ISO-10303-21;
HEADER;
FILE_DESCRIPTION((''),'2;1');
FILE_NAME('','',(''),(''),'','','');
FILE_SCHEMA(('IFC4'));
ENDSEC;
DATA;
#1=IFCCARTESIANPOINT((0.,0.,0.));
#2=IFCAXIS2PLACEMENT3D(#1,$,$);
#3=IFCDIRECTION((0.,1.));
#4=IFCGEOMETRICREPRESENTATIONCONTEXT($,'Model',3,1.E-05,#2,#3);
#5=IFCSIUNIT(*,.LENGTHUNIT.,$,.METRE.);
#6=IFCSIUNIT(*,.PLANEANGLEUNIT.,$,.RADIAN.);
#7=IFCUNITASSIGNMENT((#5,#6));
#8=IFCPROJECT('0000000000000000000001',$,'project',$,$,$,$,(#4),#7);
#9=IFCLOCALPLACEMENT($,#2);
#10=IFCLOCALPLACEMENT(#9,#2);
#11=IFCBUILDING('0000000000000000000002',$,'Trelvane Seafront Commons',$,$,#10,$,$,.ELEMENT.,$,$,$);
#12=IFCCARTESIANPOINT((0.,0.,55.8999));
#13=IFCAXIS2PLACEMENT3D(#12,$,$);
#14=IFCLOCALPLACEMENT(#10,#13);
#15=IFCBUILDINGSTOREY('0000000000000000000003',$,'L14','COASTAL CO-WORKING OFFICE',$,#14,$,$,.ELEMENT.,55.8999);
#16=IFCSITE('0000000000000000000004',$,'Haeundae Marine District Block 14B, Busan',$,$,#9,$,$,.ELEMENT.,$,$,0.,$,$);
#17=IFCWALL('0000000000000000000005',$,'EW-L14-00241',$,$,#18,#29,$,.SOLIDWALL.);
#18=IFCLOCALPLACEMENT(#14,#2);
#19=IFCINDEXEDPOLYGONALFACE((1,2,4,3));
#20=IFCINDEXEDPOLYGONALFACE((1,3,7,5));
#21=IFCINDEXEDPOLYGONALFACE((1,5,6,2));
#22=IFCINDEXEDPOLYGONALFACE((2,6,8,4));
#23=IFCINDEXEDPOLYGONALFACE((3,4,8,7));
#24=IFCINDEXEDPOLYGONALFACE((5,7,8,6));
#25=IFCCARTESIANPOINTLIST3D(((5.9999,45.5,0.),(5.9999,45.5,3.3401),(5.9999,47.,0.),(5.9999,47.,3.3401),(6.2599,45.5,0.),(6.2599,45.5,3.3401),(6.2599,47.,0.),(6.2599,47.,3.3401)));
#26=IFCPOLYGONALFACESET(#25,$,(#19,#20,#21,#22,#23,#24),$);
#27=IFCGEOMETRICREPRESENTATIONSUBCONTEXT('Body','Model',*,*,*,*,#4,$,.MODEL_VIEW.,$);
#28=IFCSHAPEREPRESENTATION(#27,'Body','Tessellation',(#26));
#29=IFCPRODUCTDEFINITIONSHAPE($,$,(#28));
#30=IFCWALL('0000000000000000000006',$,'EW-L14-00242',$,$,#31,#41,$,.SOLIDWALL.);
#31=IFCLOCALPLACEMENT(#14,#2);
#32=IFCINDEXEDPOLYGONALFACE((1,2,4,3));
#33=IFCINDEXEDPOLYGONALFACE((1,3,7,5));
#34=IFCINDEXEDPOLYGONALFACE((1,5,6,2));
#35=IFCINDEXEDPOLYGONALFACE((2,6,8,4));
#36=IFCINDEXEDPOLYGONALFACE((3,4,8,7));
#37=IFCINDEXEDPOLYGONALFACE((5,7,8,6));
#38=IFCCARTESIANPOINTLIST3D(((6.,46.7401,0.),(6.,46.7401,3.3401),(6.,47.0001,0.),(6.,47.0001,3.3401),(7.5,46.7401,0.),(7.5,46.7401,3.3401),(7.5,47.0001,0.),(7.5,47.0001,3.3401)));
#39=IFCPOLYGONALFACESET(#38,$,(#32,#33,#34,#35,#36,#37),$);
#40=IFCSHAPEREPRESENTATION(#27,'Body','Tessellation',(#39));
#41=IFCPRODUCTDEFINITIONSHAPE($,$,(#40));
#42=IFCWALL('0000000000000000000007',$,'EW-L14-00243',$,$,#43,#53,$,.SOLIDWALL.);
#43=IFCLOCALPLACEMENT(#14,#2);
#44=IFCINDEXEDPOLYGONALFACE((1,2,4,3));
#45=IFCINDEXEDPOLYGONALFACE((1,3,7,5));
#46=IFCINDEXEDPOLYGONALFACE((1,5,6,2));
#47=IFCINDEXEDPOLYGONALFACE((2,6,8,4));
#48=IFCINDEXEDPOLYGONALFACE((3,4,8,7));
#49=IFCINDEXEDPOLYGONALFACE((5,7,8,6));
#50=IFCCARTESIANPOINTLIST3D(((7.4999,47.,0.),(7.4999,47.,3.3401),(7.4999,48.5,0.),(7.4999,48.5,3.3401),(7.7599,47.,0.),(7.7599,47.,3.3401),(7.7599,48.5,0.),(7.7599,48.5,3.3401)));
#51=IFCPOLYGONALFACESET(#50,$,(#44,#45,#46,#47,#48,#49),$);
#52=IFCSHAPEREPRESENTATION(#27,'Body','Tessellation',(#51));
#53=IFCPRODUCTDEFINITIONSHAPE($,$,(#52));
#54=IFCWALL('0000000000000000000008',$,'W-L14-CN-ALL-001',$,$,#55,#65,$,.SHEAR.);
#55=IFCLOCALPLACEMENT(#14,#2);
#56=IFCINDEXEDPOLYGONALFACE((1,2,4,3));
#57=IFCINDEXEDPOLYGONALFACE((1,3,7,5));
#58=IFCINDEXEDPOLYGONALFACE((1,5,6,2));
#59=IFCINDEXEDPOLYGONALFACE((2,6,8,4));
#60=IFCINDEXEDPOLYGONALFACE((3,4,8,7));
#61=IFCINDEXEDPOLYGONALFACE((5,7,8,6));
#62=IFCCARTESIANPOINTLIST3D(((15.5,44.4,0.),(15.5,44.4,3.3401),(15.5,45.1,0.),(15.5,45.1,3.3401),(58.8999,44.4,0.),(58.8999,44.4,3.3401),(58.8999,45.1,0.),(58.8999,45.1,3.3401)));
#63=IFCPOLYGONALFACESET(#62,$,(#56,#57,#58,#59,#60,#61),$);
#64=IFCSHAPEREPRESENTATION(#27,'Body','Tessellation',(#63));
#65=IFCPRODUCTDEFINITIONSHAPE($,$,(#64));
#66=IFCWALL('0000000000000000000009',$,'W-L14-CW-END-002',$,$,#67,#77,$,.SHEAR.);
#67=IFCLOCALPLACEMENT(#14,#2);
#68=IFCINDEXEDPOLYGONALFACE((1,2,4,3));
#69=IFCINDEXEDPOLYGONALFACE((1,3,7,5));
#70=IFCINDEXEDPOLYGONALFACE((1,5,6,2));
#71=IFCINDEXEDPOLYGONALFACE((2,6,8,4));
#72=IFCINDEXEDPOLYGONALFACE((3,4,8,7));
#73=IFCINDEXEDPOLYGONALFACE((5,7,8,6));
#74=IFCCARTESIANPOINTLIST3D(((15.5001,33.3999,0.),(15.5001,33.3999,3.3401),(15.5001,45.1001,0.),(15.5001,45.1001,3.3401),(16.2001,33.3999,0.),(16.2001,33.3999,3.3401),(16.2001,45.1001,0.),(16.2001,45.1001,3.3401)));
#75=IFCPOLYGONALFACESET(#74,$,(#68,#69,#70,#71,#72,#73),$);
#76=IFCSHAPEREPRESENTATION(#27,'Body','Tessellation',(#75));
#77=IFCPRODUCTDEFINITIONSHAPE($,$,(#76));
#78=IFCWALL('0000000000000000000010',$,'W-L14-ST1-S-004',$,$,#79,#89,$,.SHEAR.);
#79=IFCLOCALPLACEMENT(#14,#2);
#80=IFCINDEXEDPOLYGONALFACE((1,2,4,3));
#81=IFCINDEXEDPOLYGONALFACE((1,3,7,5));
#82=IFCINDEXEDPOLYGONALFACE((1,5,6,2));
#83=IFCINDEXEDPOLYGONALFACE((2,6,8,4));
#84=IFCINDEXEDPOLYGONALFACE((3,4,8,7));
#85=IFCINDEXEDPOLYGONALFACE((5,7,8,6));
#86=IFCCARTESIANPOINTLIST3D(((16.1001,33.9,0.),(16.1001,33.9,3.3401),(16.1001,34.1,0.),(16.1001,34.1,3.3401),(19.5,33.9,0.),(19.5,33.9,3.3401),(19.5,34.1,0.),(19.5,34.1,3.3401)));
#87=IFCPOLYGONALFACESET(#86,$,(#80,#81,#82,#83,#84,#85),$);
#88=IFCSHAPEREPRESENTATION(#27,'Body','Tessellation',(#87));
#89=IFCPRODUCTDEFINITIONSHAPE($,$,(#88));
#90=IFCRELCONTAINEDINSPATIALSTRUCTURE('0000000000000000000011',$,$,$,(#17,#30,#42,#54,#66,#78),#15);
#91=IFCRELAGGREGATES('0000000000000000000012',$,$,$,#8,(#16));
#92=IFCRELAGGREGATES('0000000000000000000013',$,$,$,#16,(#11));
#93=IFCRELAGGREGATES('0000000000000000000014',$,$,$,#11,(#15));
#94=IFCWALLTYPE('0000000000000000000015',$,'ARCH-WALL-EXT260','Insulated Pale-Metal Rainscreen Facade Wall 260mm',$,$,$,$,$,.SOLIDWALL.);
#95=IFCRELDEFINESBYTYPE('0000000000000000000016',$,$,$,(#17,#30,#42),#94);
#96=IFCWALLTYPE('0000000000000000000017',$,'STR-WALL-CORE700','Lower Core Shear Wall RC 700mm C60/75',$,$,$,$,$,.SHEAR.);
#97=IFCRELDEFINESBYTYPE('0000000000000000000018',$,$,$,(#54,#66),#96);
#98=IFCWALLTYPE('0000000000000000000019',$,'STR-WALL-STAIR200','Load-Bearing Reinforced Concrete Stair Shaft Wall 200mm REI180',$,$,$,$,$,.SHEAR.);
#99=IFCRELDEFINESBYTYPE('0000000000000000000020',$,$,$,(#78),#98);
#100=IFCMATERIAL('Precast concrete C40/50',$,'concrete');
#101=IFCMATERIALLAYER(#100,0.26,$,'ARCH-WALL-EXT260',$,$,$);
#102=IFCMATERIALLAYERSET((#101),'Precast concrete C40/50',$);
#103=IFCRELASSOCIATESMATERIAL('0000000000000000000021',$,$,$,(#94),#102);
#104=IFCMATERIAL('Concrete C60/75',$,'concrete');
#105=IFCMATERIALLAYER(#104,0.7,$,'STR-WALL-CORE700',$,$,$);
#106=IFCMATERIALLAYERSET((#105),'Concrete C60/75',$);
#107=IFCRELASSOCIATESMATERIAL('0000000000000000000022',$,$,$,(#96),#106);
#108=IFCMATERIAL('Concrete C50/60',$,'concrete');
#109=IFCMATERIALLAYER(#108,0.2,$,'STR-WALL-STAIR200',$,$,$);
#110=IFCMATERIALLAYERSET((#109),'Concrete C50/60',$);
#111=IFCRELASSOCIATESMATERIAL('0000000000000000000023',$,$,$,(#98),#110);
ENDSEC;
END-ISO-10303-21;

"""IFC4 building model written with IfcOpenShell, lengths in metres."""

from ifc_helpers import new_model, si_unit, direction, frame, frame_2d, origin, place, context, subcontext, project, spatial, rectangle, extrude, material, layer, layer_set, type_object, element, save


model = new_model("IFC4")

# Units and contexts
model_context = context("Model", 3, precision=1e-05, world=origin(), true_north=direction((0.0, 1.0)))
body_context = subcontext(model_context, "Body", "Model", "MODEL_VIEW")
ifc_project = project(units=[si_unit("LENGTHUNIT", "METRE"), si_unit("PLANEANGLEUNIT", "RADIAN")], contexts=[model_context])

# Site, building, storey
site_placement = place(None, origin())
site = spatial("IfcSite", under=ifc_project, at=site_placement, Name="Haeundae Marine District Block 14B, Busan", CompositionType="ELEMENT", RefElevation=0.0)
building_placement = place(site_placement, origin())
building = spatial("IfcBuilding", under=site, at=building_placement, Name="Trelvane Seafront Commons", CompositionType="ELEMENT")
storey_placement = place(building_placement, frame((0.0, 0.0, 55.8999)))
storey = spatial("IfcBuildingStorey", under=building, at=storey_placement, Name="L14", Description="COASTAL CO-WORKING OFFICE", CompositionType="ELEMENT", Elevation=55.8999)

# Shared definitions
ifc_material_1 = material(Name="Concrete C60/75", Category="concrete")

# Shared definitions
ifc_material_2 = material(Name="Precast concrete C40/50", Category="concrete")
ifc_layer_1 = layer(ifc_material_2, 0.26, Name="ARCH-WALL-EXT260")
ifc_layer_set_1 = layer_set([ifc_layer_1], Name="Precast concrete C40/50")
wall_type_1 = type_object("IfcWallType", Name="ARCH-WALL-EXT260", Description="Insulated Pale-Metal Rainscreen Facade Wall 260mm", PredefinedType="SOLIDWALL", material=ifc_layer_set_1)

# Walls
for number, where, z_axis, x_axis, name in (
    (1, (6.1299, 45.5, 0.0), (0.0, 0.0, 1.0), (0.0, 1.0, 0.0), "EW-L14-00241"),
    (2, (6.0, 46.8701, 0.0), (0.0, 0.0, 1.0), (1.0, 0.0, 0.0), "EW-L14-00242"),
    (3, (7.6299, 47.0, 0.0), (0.0, 0.0, 1.0), (0.0, 1.0, 0.0), "EW-L14-00243"),
):
    element("IfcWall", number, at=place(storey_placement, frame(where, z_axis=z_axis, x_axis=x_axis)), inside=storey, type_object=wall_type_1, Name=name, PredefinedType="SOLIDWALL", context=body_context, shape_type="SweptSolid", body=[
        extrude(rectangle(XDim=1.5, YDim=0.26, at=frame_2d((0.75, 0.0))), origin(), (0.0, 0.0, 1.0), 3.3401),
    ])

# Walls
ifc_layer_2 = layer(ifc_material_1, 0.7, Name="STR-WALL-CORE700")
ifc_layer_set_2 = layer_set([ifc_layer_2], Name="Concrete C60/75")
wall_type_2 = type_object("IfcWallType", Name="STR-WALL-CORE700", Description="Lower Core Shear Wall RC 700mm C60/75", PredefinedType="SHEAR", material=ifc_layer_set_2)
wall_1_placement = place(storey_placement, frame((15.5, 44.75, 0.0), z_axis=(0.0, 0.0, 1.0), x_axis=(1.0, 0.0, 0.0)))
element("IfcWall", 4, at=wall_1_placement, inside=storey, type_object=wall_type_2, Name="W-L14-CN-ALL-001", PredefinedType="SHEAR", context=body_context, shape_type="SweptSolid", body=[
    extrude(rectangle(XDim=43.3999, YDim=0.7, at=frame_2d((21.7, 0.0))), origin(), (0.0, 0.0, 1.0), 3.3401),
])
wall_2_placement = place(storey_placement, frame((15.8501, 33.3999, 0.0), z_axis=(0.0, 0.0, 1.0), x_axis=(0.0, 1.0, 0.0)))
element("IfcWall", 5, at=wall_2_placement, inside=storey, type_object=wall_type_2, Name="W-L14-CW-END-002", PredefinedType="SHEAR", context=body_context, shape_type="SweptSolid", body=[
    extrude(rectangle(XDim=11.7002, YDim=0.7, at=frame_2d((5.8501, 0.0))), origin(), (0.0, 0.0, 1.0), 3.3401),
])
ifc_material_3 = material(Name="Concrete C50/60", Category="concrete")
ifc_layer_3 = layer(ifc_material_3, 0.2, Name="STR-WALL-STAIR200")
ifc_layer_set_3 = layer_set([ifc_layer_3], Name="Concrete C50/60")
wall_type_3 = type_object("IfcWallType", Name="STR-WALL-STAIR200", Description="Load-Bearing Reinforced Concrete Stair Shaft Wall 200mm REI180", PredefinedType="SHEAR", material=ifc_layer_set_3)
wall_3_placement = place(storey_placement, frame((16.1001, 34.0, 0.0), z_axis=(0.0, 0.0, 1.0), x_axis=(1.0, 0.0, 0.0)))
element("IfcWall", 6, at=wall_3_placement, inside=storey, type_object=wall_type_3, Name="W-L14-ST1-S-004", PredefinedType="SHEAR", context=body_context, shape_type="SweptSolid", body=[
    extrude(rectangle(XDim=3.3999, YDim=0.2, at=frame_2d((1.7, 0.0))), origin(), (0.0, 0.0, 1.0), 3.3401),
])

save(model, "model.ifc")
